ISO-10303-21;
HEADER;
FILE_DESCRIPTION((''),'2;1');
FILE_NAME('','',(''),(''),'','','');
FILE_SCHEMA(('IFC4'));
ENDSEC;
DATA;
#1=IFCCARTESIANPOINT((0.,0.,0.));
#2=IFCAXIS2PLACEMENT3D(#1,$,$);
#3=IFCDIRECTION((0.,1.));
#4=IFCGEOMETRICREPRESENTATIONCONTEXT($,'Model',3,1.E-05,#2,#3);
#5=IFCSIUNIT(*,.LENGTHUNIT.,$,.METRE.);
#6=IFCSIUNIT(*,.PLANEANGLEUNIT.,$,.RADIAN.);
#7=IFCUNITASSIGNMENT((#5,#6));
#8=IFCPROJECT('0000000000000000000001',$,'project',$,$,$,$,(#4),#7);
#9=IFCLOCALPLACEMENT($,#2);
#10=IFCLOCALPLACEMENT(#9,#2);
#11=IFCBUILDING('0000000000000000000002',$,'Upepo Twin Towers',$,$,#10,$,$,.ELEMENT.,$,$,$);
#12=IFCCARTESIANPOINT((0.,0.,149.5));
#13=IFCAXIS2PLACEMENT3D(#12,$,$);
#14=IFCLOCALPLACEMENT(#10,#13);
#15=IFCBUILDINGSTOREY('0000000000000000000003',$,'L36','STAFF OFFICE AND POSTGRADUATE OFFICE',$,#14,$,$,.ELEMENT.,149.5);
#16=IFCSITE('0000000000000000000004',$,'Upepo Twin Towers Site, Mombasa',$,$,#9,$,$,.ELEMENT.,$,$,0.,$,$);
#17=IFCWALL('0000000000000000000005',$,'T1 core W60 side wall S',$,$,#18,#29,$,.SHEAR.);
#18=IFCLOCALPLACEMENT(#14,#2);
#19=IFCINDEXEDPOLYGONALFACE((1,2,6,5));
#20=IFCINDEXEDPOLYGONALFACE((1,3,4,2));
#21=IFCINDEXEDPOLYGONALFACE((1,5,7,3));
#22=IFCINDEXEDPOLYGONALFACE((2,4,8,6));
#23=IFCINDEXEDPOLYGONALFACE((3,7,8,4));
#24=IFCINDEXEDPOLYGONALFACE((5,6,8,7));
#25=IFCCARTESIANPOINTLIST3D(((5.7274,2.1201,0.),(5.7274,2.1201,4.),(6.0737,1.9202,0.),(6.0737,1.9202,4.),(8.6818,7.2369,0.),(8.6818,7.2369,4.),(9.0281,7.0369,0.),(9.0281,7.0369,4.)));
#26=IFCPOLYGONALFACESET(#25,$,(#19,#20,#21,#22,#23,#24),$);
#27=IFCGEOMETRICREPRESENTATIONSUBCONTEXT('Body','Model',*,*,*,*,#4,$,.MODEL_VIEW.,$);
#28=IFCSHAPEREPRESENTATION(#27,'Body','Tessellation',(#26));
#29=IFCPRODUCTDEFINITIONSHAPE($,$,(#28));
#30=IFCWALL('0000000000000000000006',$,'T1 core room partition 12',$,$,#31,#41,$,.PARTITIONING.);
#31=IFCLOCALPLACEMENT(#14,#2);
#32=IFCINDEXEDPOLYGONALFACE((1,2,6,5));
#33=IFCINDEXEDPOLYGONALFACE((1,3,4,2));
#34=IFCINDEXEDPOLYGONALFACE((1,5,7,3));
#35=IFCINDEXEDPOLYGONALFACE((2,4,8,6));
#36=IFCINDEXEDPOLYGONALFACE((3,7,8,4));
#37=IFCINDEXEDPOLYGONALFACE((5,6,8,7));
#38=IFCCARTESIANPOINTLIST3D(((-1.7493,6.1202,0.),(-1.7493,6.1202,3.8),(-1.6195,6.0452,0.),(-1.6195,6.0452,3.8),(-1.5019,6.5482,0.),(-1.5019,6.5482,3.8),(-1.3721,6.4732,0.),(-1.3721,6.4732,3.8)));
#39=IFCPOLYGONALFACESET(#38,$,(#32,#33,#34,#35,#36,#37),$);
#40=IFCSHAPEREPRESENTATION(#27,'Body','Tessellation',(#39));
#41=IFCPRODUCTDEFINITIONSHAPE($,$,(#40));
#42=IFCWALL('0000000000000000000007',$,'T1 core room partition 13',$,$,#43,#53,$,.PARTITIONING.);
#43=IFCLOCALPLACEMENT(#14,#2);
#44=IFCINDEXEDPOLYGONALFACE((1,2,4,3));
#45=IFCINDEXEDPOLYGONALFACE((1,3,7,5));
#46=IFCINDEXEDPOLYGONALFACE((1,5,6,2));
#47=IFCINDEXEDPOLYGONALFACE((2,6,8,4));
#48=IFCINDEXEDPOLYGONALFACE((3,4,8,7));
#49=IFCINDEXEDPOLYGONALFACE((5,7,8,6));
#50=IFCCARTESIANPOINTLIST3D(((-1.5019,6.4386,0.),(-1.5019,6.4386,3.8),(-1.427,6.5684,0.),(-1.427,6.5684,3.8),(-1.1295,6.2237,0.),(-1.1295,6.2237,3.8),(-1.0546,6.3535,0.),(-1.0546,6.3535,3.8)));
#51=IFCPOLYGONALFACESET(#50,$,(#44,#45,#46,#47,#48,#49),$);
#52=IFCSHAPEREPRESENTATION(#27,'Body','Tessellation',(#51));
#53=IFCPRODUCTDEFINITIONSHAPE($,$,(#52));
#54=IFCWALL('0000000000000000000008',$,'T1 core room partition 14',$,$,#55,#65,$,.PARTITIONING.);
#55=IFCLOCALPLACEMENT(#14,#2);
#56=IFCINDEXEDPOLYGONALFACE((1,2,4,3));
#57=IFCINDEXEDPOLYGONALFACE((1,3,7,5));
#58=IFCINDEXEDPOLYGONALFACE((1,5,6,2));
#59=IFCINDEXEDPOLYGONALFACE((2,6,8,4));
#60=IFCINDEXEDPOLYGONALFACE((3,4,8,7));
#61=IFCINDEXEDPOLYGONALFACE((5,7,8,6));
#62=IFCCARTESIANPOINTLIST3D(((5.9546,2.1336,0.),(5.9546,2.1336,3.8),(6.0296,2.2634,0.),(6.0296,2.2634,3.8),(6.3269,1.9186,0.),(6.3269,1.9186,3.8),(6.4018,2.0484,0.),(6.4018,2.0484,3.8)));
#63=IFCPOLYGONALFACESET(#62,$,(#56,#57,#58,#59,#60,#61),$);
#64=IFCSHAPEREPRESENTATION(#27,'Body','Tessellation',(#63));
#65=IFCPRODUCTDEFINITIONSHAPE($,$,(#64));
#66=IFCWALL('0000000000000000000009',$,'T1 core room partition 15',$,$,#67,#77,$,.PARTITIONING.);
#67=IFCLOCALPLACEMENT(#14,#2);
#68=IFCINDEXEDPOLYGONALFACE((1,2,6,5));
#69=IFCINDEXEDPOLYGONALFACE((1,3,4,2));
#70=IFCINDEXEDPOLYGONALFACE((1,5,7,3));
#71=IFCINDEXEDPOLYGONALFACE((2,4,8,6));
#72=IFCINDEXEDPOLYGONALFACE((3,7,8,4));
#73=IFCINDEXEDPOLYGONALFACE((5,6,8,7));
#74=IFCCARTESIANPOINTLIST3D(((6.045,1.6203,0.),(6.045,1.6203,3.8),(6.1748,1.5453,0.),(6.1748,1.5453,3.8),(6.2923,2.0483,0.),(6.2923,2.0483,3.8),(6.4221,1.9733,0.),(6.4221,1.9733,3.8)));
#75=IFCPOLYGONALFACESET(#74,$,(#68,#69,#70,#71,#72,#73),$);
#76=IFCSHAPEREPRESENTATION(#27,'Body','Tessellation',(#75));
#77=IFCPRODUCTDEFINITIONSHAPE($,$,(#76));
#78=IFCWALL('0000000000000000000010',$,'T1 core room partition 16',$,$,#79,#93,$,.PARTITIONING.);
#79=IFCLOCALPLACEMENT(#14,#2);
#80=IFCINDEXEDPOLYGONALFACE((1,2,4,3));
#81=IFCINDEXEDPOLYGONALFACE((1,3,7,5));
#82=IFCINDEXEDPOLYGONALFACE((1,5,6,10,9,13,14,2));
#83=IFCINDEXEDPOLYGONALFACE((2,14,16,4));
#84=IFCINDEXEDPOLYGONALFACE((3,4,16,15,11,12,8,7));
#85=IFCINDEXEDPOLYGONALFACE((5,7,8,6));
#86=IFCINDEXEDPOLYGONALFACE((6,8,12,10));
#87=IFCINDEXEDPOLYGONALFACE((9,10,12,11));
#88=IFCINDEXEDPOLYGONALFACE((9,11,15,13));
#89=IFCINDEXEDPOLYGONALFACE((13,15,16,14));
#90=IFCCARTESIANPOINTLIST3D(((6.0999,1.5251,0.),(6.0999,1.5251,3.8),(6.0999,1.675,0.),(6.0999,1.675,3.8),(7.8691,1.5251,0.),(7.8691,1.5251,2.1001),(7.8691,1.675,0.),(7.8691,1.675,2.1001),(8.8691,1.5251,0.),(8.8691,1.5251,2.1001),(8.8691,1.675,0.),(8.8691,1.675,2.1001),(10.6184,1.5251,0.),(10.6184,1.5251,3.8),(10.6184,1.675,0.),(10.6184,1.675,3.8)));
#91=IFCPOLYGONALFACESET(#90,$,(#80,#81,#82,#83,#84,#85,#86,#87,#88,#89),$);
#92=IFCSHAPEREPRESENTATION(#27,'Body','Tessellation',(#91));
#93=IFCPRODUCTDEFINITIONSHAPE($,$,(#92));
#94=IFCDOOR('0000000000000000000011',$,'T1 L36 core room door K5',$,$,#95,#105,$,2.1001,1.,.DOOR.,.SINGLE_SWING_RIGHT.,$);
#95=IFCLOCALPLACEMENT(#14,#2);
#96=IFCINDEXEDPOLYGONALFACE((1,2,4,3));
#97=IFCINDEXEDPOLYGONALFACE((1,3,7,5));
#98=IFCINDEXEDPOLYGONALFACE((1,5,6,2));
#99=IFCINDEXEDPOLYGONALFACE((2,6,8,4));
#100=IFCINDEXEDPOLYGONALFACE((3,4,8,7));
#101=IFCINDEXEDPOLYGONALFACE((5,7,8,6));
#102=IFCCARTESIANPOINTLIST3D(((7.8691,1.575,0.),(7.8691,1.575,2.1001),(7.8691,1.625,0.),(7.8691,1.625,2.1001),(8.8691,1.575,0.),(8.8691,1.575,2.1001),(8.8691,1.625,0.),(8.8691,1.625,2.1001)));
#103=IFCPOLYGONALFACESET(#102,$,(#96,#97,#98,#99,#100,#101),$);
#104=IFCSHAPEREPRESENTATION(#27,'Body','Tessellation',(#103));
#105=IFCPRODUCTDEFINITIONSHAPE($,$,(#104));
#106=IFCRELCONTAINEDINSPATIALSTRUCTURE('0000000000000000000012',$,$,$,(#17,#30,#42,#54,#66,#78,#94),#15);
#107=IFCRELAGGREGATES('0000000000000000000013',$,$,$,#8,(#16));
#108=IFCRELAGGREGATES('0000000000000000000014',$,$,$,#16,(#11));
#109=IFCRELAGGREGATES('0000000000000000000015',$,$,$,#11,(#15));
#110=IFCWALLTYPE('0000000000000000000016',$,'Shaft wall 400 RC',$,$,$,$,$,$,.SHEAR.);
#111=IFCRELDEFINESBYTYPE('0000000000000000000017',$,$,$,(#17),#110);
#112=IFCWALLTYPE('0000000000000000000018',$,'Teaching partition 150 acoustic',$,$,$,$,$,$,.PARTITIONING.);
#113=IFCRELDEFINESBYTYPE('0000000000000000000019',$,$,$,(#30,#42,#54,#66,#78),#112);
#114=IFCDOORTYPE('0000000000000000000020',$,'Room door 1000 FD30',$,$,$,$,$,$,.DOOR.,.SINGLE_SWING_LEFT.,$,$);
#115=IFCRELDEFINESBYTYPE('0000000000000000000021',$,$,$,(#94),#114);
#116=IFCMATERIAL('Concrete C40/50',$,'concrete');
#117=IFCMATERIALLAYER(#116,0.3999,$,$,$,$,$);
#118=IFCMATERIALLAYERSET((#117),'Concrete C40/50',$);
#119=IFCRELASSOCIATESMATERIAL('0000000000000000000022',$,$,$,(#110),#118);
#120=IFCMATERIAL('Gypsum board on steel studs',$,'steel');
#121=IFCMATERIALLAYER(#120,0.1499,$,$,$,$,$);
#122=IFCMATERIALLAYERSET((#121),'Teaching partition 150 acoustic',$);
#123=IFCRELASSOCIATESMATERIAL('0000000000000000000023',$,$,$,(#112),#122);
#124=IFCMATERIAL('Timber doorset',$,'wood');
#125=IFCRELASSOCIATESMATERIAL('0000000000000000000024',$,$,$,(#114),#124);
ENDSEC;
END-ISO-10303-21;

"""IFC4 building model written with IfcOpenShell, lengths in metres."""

from ifc_helpers import new_model, si_unit, direction, frame, frame_2d, origin, place, context, subcontext, project, spatial, rectangle, extrude, material, layer, layer_set, type_object, element, fill, save


model = new_model("IFC4")

# Units and contexts
model_context = context("Model", 3, precision=1e-05, world=origin(), true_north=direction((0.0, 1.0)))
body_context = subcontext(model_context, "Body", "Model", "MODEL_VIEW")
ifc_project = project(units=[si_unit("LENGTHUNIT", "METRE"), si_unit("PLANEANGLEUNIT", "RADIAN")], contexts=[model_context])

# Site, building, storey
site_placement = place(None, origin())
site = spatial("IfcSite", under=ifc_project, at=site_placement, Name="Upepo Twin Towers Site, Mombasa", CompositionType="ELEMENT", RefElevation=0.0)
building_placement = place(site_placement, origin())
building = spatial("IfcBuilding", under=site, at=building_placement, Name="Upepo Twin Towers", CompositionType="ELEMENT")
storey_placement = place(building_placement, frame((0.0, 0.0, 149.5)))
storey = spatial("IfcBuildingStorey", under=building, at=storey_placement, Name="L36", Description="STAFF OFFICE AND POSTGRADUATE OFFICE", CompositionType="ELEMENT", Elevation=149.5)

# Walls
ifc_material_1 = material(Name="Concrete C40/50", Category="concrete")
ifc_layer_1 = layer(ifc_material_1, 0.3999)
ifc_layer_set_1 = layer_set([ifc_layer_1], Name="Concrete C40/50")
wall_type_1 = type_object("IfcWallType", Name="Shaft wall 400 RC", PredefinedType="SHEAR", material=ifc_layer_set_1)
wall_1_placement = place(storey_placement, frame((5.9006, 2.0203, 0.0), z_axis=(0.0, 0.0, 1.0), x_axis=(0.500028, 0.866009, 0.0)))
element("IfcWall", 1, at=wall_1_placement, inside=storey, type_object=wall_type_1, Name="T1 core W60 side wall S", PredefinedType="SHEAR", context=body_context, shape_type="SweptSolid", body=[
    extrude(rectangle(XDim=5.9084, YDim=0.3999, at=frame_2d((2.9541, 0.0))), origin(), (0.0, 0.0, 1.0), 4.0),
])
ifc_material_2 = material(Name="Gypsum board on steel studs", Category="steel")
ifc_layer_2 = layer(ifc_material_2, 0.1499)
ifc_layer_set_2 = layer_set([ifc_layer_2], Name="Teaching partition 150 acoustic")
wall_type_2 = type_object("IfcWallType", Name="Teaching partition 150 acoustic", PredefinedType="PARTITIONING", material=ifc_layer_set_2)
wall_2_placement = place(storey_placement, frame((-1.6843, 6.0828, 0.0), z_axis=(0.0, 0.0, 1.0), x_axis=(0.500335, 0.865832, 0.0)))
element("IfcWall", 2, at=wall_2_placement, inside=storey, type_object=wall_type_2, Name="T1 core room partition 12", PredefinedType="PARTITIONING", context=body_context, shape_type="SweptSolid", body=[
    extrude(rectangle(XDim=0.4944, YDim=0.1499, at=frame_2d((0.2471, 0.0))), origin(), (0.0, 0.0, 1.0), 3.8),
])
for number, where, z_axis, x_axis, name in (
    (3, (-1.4644, 6.5034, 0.0), (0.0, 0.0, 1.0), (0.866138, -0.499804, 0.0), "T1 core room partition 13"),
    (4, (5.9922, 2.1985, 0.0), (0.0, 0.0, 1.0), (0.865892, -0.50023, 0.0), "T1 core room partition 14"),
):
    element("IfcWall", number, at=place(storey_placement, frame(where, z_axis=z_axis, x_axis=x_axis)), inside=storey, type_object=wall_type_2, Name=name, PredefinedType="PARTITIONING", context=body_context, shape_type="SweptSolid", body=[
        extrude(rectangle(XDim=0.4299, YDim=0.1499, at=frame_2d((0.2148, 0.0))), origin(), (0.0, 0.0, 1.0), 3.8),
    ])
wall_3_placement = place(storey_placement, frame((6.3572, 2.0107, 0.0), z_axis=(0.0, 0.0, 1.0), x_axis=(-0.500335, -0.865832, 0.0)))
element("IfcWall", 5, at=wall_3_placement, inside=storey, type_object=wall_type_2, Name="T1 core room partition 15", PredefinedType="PARTITIONING", context=body_context, shape_type="SweptSolid", body=[
    extrude(rectangle(XDim=0.4944, YDim=0.1499, at=frame_2d((0.2471, 0.0))), origin(), (0.0, 0.0, 1.0), 3.8),
])

# Wall, opening, door
wall_4_placement = place(storey_placement, frame((6.0999, 1.6001, 0.0), z_axis=(0.0, 0.0, 1.0), x_axis=(1.0, 0.0, 0.0)))
wall_4 = element("IfcWall", 6, at=wall_4_placement, inside=storey, type_object=wall_type_2, Name="T1 core room partition 16", PredefinedType="PARTITIONING", context=body_context, shape_type="SweptSolid", body=[
    extrude(rectangle(XDim=4.5186, YDim=0.1499, at=frame_2d((2.2593, 0.0))), origin(), (0.0, 0.0, 1.0), 3.8),
])
opening_1_placement = place(wall_4_placement, frame((1.7693, 0.0, 0.0)))
opening_1 = element("IfcOpeningElement", 7, at=opening_1_placement, cuts=wall_4, PredefinedType="OPENING", context=body_context, shape_type="SweptSolid", body=[
    extrude(rectangle(XDim=1.0, YDim=2.1001, at=frame_2d((0.5, 1.05))), frame((0.0, 0.085, 0.0), z_axis=(0.0, -1.0, 0.0), x_axis=(1.0, 0.0, 0.0)), (0.0, 0.0, 1.0), 0.1699),
])
ifc_material_3 = material(Name="Timber doorset", Category="wood")
door_type_1 = type_object("IfcDoorType", Name="Room door 1000 FD30", OperationType="SINGLE_SWING_LEFT", PredefinedType="DOOR", material=ifc_material_3)
door_1_placement = place(opening_1_placement, origin())
door_1 = element("IfcDoor", 8, at=door_1_placement, inside=storey, type_object=door_type_1, Name="T1 L36 core room door K5", OperationType="SINGLE_SWING_RIGHT", OverallHeight=2.1001, OverallWidth=1.0, PredefinedType="DOOR", context=body_context, shape_type="SweptSolid", body=[
    extrude(rectangle(XDim=1.0, YDim=2.1001, at=frame_2d((0.5, 1.05))), frame((0.0, 0.0249, 0.0), z_axis=(0.0, -1.0, 0.0), x_axis=(1.0, 0.0, 0.0)), (0.0, 0.0, 1.0), 0.05),
])
fill(opening_1, door_1)

save(model, "model.ifc")
